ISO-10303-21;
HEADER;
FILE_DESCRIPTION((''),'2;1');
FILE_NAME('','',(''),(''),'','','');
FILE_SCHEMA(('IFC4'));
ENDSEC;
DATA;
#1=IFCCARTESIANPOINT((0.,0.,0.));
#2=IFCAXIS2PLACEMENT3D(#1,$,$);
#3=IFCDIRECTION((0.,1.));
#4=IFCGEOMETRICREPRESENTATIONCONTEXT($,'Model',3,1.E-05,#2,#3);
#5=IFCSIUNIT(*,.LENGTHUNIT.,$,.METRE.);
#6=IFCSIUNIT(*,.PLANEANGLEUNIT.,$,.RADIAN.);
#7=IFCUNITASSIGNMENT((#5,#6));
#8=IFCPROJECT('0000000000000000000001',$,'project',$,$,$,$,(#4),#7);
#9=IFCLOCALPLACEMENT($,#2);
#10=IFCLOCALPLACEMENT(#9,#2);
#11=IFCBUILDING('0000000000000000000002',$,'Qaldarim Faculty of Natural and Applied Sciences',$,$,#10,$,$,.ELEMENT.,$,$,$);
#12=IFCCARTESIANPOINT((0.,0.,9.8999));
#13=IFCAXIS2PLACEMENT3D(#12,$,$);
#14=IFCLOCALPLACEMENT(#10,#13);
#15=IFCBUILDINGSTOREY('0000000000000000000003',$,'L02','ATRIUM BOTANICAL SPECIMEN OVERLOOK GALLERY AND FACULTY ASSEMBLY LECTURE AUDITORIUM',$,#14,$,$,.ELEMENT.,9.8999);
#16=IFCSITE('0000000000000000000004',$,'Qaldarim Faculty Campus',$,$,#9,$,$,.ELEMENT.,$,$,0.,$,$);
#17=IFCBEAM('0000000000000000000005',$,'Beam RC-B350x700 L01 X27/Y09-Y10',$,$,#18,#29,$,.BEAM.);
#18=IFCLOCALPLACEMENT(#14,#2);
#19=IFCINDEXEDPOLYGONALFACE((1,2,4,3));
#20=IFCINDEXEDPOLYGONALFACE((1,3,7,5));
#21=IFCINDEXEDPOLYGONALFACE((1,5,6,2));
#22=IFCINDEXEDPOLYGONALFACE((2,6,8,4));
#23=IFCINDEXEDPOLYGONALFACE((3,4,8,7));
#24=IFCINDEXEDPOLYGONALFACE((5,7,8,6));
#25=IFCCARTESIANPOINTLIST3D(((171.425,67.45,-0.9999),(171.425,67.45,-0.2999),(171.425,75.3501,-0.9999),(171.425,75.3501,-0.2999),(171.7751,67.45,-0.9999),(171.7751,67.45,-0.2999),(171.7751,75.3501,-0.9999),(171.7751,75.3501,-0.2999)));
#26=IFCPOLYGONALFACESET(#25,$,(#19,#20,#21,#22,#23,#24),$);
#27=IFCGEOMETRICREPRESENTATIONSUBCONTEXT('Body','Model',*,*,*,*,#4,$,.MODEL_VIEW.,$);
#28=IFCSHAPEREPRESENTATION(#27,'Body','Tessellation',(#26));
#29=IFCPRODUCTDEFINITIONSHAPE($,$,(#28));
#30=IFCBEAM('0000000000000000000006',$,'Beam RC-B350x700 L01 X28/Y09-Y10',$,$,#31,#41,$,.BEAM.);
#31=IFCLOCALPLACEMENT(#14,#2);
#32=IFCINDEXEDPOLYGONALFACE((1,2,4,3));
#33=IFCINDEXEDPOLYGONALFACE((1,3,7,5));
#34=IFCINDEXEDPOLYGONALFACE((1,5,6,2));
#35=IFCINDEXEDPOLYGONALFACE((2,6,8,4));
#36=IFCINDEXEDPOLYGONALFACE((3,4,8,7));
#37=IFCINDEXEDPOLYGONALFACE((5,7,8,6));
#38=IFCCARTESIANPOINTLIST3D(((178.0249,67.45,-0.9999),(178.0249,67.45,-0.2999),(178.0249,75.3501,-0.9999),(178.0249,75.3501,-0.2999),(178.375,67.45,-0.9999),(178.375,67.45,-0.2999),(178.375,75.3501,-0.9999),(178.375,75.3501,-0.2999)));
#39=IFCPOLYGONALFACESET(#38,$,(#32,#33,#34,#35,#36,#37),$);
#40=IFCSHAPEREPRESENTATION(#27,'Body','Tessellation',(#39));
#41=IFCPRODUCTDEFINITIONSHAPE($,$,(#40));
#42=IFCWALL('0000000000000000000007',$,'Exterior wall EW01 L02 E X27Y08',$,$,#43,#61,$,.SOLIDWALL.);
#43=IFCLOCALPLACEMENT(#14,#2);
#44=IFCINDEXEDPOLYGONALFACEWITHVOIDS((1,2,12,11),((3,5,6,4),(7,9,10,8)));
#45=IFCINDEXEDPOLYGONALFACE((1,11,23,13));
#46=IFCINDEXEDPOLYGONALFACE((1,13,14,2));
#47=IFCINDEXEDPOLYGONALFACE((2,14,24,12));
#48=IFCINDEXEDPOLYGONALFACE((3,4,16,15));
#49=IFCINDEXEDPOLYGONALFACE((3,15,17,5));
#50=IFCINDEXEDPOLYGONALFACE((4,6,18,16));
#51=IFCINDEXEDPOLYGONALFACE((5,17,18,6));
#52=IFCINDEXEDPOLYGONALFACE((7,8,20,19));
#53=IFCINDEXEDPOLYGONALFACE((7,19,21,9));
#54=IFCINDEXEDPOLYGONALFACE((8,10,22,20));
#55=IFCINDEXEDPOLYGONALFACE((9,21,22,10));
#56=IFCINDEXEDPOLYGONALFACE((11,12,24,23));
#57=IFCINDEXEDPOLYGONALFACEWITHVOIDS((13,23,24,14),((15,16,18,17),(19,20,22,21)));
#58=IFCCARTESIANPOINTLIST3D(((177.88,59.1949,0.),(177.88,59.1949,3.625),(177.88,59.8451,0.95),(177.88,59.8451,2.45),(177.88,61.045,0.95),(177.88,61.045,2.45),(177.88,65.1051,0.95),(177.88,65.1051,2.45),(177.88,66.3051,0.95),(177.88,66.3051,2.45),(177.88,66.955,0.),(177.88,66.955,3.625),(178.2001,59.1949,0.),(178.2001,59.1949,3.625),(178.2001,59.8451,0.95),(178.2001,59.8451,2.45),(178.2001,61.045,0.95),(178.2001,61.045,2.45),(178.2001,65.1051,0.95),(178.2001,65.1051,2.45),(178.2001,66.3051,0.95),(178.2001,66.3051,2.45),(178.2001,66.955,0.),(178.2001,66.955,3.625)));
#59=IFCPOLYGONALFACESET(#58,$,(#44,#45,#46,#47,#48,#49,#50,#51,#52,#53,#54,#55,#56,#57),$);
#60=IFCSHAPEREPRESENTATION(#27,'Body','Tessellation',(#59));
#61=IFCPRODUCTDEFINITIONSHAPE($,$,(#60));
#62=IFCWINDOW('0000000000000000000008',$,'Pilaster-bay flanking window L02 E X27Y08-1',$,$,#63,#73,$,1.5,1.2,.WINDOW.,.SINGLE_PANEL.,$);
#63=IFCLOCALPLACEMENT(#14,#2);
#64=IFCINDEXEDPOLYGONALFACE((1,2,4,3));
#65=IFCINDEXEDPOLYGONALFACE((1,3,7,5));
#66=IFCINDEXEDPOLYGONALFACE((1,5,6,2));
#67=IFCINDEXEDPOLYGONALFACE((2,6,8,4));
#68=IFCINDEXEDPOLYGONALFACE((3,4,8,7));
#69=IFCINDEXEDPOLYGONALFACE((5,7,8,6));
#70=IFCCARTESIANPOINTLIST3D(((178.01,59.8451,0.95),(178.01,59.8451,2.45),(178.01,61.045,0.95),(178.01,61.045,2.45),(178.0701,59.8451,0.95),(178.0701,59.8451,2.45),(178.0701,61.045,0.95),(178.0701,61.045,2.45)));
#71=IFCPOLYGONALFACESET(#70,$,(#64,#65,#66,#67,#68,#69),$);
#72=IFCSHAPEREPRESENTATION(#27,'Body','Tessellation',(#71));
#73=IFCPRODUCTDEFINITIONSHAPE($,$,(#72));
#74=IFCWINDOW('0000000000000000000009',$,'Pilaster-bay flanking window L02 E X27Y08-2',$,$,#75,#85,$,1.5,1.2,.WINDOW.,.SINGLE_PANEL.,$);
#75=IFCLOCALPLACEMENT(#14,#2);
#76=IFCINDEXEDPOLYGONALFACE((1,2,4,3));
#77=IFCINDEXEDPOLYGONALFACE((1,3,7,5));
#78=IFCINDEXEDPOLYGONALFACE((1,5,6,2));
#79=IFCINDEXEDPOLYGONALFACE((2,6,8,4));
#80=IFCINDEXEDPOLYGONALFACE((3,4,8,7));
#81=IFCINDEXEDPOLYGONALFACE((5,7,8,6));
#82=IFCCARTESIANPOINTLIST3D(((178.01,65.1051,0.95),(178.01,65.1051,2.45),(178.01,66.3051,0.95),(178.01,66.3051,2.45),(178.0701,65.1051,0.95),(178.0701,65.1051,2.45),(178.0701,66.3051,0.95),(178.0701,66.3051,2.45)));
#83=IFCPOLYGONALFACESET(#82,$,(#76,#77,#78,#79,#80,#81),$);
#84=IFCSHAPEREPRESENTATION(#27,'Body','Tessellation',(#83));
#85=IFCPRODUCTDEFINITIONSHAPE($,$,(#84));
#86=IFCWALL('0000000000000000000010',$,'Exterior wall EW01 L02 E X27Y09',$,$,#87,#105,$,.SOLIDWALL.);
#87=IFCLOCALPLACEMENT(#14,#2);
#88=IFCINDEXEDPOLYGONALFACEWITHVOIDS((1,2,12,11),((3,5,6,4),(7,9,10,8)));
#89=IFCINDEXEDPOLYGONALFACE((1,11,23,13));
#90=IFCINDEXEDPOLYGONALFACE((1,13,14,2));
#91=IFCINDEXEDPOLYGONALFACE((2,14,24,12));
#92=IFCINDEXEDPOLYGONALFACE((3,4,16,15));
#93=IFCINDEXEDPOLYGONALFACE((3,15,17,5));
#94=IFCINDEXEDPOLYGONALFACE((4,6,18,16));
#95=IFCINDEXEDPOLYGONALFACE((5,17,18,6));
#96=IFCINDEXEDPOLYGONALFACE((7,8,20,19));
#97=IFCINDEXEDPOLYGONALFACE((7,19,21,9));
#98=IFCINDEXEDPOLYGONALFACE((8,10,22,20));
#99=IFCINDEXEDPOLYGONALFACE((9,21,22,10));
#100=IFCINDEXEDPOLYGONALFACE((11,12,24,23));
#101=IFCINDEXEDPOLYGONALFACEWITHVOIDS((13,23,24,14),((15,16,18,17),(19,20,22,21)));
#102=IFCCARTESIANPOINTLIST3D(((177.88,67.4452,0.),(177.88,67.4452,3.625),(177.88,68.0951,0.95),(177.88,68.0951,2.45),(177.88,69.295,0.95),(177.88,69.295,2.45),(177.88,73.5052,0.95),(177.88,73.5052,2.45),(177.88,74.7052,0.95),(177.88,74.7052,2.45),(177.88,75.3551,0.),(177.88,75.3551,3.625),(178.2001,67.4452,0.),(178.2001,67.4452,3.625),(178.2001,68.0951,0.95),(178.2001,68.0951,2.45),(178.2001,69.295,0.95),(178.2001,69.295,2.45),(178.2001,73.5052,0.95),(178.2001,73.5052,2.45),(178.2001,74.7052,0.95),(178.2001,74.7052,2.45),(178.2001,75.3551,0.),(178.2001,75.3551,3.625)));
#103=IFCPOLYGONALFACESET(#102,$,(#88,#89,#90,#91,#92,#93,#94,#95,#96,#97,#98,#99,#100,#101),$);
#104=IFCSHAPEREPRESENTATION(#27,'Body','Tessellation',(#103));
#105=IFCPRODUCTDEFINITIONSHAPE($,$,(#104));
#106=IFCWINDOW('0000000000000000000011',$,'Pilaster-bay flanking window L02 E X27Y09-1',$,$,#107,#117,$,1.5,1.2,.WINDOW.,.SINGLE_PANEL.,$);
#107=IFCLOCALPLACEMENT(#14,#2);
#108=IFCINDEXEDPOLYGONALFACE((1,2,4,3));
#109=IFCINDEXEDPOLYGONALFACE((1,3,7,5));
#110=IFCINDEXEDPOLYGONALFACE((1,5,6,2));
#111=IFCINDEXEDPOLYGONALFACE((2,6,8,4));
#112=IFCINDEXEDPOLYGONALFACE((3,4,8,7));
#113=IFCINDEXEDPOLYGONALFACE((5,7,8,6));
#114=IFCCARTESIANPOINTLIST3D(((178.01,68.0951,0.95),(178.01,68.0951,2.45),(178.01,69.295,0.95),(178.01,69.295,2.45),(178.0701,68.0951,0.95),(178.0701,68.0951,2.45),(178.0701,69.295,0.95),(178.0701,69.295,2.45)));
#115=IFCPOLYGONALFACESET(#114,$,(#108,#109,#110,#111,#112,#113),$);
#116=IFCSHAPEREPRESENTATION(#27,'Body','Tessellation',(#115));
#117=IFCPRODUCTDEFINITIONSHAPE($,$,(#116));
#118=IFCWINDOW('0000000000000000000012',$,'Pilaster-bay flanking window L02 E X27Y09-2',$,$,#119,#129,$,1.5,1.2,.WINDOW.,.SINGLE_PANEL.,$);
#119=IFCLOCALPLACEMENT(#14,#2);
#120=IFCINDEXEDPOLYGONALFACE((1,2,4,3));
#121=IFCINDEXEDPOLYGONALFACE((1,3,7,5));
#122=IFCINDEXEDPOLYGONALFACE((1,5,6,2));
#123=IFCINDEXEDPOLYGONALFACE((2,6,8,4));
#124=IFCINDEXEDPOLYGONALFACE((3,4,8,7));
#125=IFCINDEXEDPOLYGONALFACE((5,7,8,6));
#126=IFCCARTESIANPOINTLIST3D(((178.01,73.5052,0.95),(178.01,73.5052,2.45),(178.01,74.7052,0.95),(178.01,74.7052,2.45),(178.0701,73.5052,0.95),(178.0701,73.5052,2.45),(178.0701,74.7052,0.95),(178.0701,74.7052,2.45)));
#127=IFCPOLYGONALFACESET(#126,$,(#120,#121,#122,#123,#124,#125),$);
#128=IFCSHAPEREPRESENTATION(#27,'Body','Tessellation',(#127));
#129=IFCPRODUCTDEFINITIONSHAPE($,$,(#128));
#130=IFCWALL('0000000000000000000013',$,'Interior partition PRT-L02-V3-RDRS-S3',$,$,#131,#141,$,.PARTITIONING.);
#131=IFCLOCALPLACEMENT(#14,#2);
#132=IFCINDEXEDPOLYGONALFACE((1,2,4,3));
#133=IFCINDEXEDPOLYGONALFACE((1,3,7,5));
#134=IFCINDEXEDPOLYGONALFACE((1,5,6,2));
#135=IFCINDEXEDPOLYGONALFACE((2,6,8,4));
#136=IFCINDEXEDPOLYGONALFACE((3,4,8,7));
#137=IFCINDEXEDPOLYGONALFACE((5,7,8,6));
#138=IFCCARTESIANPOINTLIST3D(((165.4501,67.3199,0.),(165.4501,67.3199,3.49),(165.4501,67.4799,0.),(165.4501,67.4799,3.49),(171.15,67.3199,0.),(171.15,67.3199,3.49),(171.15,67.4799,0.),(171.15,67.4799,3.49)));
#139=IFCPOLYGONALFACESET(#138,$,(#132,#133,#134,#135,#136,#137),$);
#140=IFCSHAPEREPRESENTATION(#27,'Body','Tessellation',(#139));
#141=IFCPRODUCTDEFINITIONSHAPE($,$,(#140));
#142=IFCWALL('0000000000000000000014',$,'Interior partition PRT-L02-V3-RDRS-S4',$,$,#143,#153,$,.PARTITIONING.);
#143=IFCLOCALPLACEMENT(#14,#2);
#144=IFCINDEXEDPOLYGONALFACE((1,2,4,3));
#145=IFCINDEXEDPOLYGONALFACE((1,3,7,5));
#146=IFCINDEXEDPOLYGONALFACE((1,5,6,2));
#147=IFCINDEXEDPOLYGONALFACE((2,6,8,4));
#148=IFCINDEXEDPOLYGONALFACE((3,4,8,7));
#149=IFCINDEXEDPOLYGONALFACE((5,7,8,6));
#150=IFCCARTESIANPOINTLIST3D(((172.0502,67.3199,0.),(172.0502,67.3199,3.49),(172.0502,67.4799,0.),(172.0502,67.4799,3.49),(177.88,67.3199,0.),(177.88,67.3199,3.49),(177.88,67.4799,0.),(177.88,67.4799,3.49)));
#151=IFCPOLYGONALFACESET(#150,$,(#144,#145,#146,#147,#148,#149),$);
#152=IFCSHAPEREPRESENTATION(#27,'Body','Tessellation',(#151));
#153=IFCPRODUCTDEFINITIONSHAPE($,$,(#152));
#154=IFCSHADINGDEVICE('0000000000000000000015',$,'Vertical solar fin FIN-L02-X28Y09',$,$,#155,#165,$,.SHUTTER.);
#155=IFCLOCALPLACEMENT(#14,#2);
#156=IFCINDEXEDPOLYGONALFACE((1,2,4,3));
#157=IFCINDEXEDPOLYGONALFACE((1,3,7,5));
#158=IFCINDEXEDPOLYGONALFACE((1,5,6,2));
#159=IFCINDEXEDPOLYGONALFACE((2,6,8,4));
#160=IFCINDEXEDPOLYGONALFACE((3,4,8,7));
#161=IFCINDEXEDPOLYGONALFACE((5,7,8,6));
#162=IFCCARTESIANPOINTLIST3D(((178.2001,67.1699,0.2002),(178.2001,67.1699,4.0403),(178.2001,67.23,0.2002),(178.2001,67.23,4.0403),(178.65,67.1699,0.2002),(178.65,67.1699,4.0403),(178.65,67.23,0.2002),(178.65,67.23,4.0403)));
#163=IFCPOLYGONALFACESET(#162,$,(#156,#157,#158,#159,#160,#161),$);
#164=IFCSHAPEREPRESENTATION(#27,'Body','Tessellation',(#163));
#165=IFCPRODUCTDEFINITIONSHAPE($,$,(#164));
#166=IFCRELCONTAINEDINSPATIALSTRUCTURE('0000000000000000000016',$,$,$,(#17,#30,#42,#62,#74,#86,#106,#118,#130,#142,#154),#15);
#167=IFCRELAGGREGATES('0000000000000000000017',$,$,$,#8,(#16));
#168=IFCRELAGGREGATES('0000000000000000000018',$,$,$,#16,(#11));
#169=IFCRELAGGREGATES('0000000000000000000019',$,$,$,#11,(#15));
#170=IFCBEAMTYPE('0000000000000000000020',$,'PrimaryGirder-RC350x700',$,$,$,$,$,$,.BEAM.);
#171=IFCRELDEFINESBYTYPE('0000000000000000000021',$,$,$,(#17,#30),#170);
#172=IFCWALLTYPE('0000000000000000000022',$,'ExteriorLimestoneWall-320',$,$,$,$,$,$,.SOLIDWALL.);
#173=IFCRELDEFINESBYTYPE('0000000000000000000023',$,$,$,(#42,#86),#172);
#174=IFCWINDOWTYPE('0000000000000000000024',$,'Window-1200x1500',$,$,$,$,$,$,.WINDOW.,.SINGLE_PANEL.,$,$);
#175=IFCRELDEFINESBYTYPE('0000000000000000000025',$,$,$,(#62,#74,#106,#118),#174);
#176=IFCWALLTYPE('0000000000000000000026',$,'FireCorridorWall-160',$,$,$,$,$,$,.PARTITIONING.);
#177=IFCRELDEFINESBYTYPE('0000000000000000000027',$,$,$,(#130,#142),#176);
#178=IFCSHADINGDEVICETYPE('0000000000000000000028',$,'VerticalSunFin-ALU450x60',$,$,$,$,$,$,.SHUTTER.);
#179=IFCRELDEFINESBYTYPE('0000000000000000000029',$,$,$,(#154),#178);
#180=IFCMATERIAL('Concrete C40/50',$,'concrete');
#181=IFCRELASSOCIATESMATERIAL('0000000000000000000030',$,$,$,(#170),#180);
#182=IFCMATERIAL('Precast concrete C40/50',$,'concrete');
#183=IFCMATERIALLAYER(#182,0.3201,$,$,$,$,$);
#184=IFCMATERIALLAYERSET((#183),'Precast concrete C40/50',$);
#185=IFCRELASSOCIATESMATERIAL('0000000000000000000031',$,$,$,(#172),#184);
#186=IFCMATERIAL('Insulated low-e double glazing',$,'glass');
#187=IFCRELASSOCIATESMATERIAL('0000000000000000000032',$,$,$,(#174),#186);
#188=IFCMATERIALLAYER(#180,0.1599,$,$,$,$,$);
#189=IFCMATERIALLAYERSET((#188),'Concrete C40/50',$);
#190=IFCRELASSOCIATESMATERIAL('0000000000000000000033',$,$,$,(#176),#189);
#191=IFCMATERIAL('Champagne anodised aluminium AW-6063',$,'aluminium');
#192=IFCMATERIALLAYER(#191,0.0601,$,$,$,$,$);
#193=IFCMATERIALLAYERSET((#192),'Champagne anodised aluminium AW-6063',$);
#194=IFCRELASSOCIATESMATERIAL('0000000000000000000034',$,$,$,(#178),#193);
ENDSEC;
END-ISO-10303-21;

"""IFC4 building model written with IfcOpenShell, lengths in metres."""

from ifc_helpers import new_model, si_unit, direction, frame, frame_2d, origin, origin_2d, place, context, subcontext, project, spatial, rectangle, extrude, material, layer, layer_set, material_profile, profile_set, type_object, element, fill, save


model = new_model("IFC4")

# Units and contexts
model_context = context("Model", 3, precision=1e-05, world=origin(), true_north=direction((0.0, 1.0)))
body_context = subcontext(model_context, "Body", "Model", "MODEL_VIEW")
ifc_project = project(units=[si_unit("LENGTHUNIT", "METRE"), si_unit("PLANEANGLEUNIT", "RADIAN")], contexts=[model_context])

# Site, building, storey
site_placement = place(None, origin())
site = spatial("IfcSite", under=ifc_project, at=site_placement, Name="Qaldarim Faculty Campus", CompositionType="ELEMENT", RefElevation=0.0)
building_placement = place(site_placement, origin())
building = spatial("IfcBuilding", under=site, at=building_placement, Name="Qaldarim Faculty of Natural and Applied Sciences", CompositionType="ELEMENT")
storey_placement = place(building_placement, frame((0.0, 0.0, 9.8999)))
storey = spatial("IfcBuildingStorey", under=building, at=storey_placement, Name="L02", Description="ATRIUM BOTANICAL SPECIMEN OVERLOOK GALLERY AND FACULTY ASSEMBLY LECTURE AUDITORIUM", CompositionType="ELEMENT", Elevation=9.8999)

# Beams
ifc_material_1 = material(Name="Concrete C40/50", Category="concrete")
ifc_material_profile_1 = material_profile(ifc_material_1, rectangle(XDim=0.3501, YDim=0.7, at=origin_2d()), Name="RC-B350x700")
ifc_profile_set_1 = profile_set([ifc_material_profile_1], Name="Concrete C40/50")
beam_type_1 = type_object("IfcBeamType", Name="PrimaryGirder-RC350x700", PredefinedType="BEAM", material=ifc_profile_set_1)
for number, where, z_axis, x_axis, name in (
    (1, (171.6001, 67.45, -0.6499), (0.0, 1.0, 0.0), (-1.0, 0.0, 0.0), "Beam RC-B350x700 L01 X27/Y09-Y10"),
    (2, (178.2, 67.45, -0.6499), (0.0, 1.0, 0.0), (-1.0, 0.0, 0.0), "Beam RC-B350x700 L01 X28/Y09-Y10"),
):
    element("IfcBeam", number, at=place(storey_placement, frame(where, z_axis=z_axis, x_axis=x_axis)), inside=storey, type_object=beam_type_1, Name=name, PredefinedType="BEAM", context=body_context, shape_type="SweptSolid", body=[
        extrude(rectangle(XDim=0.3501, YDim=0.7, at=origin_2d()), origin(), (0.0, 0.0, 1.0), 7.9001),
    ])

# Walls, openings, windows
ifc_material_2 = material(Name="Precast concrete C40/50", Category="concrete")
ifc_layer_1 = layer(ifc_material_2, 0.3201)
ifc_layer_set_1 = layer_set([ifc_layer_1], Name="Precast concrete C40/50")
wall_type_1 = type_object("IfcWallType", Name="ExteriorLimestoneWall-320", PredefinedType="SOLIDWALL", material=ifc_layer_set_1)
wall_1_placement = place(storey_placement, frame((178.04, 59.1951, 0.0), z_axis=(0.0, 0.0, 1.0), x_axis=(0.0, 1.0, 0.0)))
wall_1 = element("IfcWall", 3, at=wall_1_placement, inside=storey, type_object=wall_type_1, Name="Exterior wall EW01 L02 E X27Y08", PredefinedType="SOLIDWALL", context=body_context, shape_type="SweptSolid", body=[
    extrude(rectangle(XDim=7.76, YDim=0.3201, at=frame_2d((3.8799, 0.0))), origin(), (0.0, 0.0, 1.0), 3.625),
])
opening_1_placement = place(wall_1_placement, frame((0.6499, 0.0, 0.95)))
opening_1 = element("IfcOpeningElement", 4, at=opening_1_placement, cuts=wall_1, PredefinedType="OPENING", context=body_context, shape_type="SweptSolid", body=[
    extrude(rectangle(XDim=1.2, YDim=1.5, at=frame_2d((0.6001, 0.75))), frame((0.0, 0.1699, 0.0), z_axis=(0.0, -1.0, 0.0), x_axis=(1.0, 0.0, 0.0)), (0.0, 0.0, 1.0), 0.3401),
])
opening_2_placement = place(wall_1_placement, frame((5.9099, 0.0, 0.95)))
opening_2 = element("IfcOpeningElement", 5, at=opening_2_placement, cuts=wall_1, PredefinedType="OPENING", context=body_context, shape_type="SweptSolid", body=[
    extrude(rectangle(XDim=1.2, YDim=1.5, at=frame_2d((0.6001, 0.75))), frame((0.0, 0.1699, 0.0), z_axis=(0.0, -1.0, 0.0), x_axis=(1.0, 0.0, 0.0)), (0.0, 0.0, 1.0), 0.3401),
])
ifc_material_3 = material(Name="Insulated low-e double glazing", Category="glass")
window_type = type_object("IfcWindowType", Name="Window-1200x1500", PartitioningType="SINGLE_PANEL", PredefinedType="WINDOW", material=ifc_material_3)
window_1_placement = place(opening_1_placement, origin())
window_1 = element("IfcWindow", 6, at=window_1_placement, inside=storey, type_object=window_type, Name="Pilaster-bay flanking window L02 E X27Y08-1", OverallHeight=1.5, OverallWidth=1.2, PartitioningType="SINGLE_PANEL", PredefinedType="WINDOW", context=body_context, shape_type="SweptSolid", body=[
    extrude(rectangle(XDim=1.2, YDim=1.5, at=frame_2d((0.6001, 0.75))), frame((0.0, 0.03, 0.0), z_axis=(0.0, -1.0, 0.0), x_axis=(1.0, 0.0, 0.0)), (0.0, 0.0, 1.0), 0.0601),
])
fill(opening_1, window_1)
window_2_placement = place(opening_2_placement, origin())
window_2 = element("IfcWindow", 7, at=window_2_placement, inside=storey, type_object=window_type, Name="Pilaster-bay flanking window L02 E X27Y08-2", OverallHeight=1.5, OverallWidth=1.2, PartitioningType="SINGLE_PANEL", PredefinedType="WINDOW", context=body_context, shape_type="SweptSolid", body=[
    extrude(rectangle(XDim=1.2, YDim=1.5, at=frame_2d((0.6001, 0.75))), frame((0.0, 0.03, 0.0), z_axis=(0.0, -1.0, 0.0), x_axis=(1.0, 0.0, 0.0)), (0.0, 0.0, 1.0), 0.0601),
])
fill(opening_2, window_2)
wall_2_placement = place(storey_placement, frame((178.04, 67.4451, 0.0), z_axis=(0.0, 0.0, 1.0), x_axis=(0.0, 1.0, 0.0)))
wall_2 = element("IfcWall", 8, at=wall_2_placement, inside=storey, type_object=wall_type_1, Name="Exterior wall EW01 L02 E X27Y09", PredefinedType="SOLIDWALL", context=body_context, shape_type="SweptSolid", body=[
    extrude(rectangle(XDim=7.9099, YDim=0.3201, at=frame_2d((3.9551, 0.0))), origin(), (0.0, 0.0, 1.0), 3.625),
])
opening_3_placement = place(wall_2_placement, frame((0.6499, 0.0, 0.95)))
opening_3 = element("IfcOpeningElement", 9, at=opening_3_placement, cuts=wall_2, PredefinedType="OPENING", context=body_context, shape_type="SweptSolid", body=[
    extrude(rectangle(XDim=1.2, YDim=1.5, at=frame_2d((0.6001, 0.75))), frame((0.0, 0.1699, 0.0), z_axis=(0.0, -1.0, 0.0), x_axis=(1.0, 0.0, 0.0)), (0.0, 0.0, 1.0), 0.3401),
])
opening_4_placement = place(wall_2_placement, frame((6.0601, 0.0, 0.95)))
opening_4 = element("IfcOpeningElement", 10, at=opening_4_placement, cuts=wall_2, PredefinedType="OPENING", context=body_context, shape_type="SweptSolid", body=[
    extrude(rectangle(XDim=1.2, YDim=1.5, at=frame_2d((0.6001, 0.75))), frame((0.0, 0.1699, 0.0), z_axis=(0.0, -1.0, 0.0), x_axis=(1.0, 0.0, 0.0)), (0.0, 0.0, 1.0), 0.3401),
])
window_3_placement = place(opening_3_placement, origin())
window_3 = element("IfcWindow", 11, at=window_3_placement, inside=storey, type_object=window_type, Name="Pilaster-bay flanking window L02 E X27Y09-1", OverallHeight=1.5, OverallWidth=1.2, PartitioningType="SINGLE_PANEL", PredefinedType="WINDOW", context=body_context, shape_type="SweptSolid", body=[
    extrude(rectangle(XDim=1.2, YDim=1.5, at=frame_2d((0.6001, 0.75))), frame((0.0, 0.03, 0.0), z_axis=(0.0, -1.0, 0.0), x_axis=(1.0, 0.0, 0.0)), (0.0, 0.0, 1.0), 0.0601),
])
fill(opening_3, window_3)
window_4_placement = place(opening_4_placement, origin())
window_4 = element("IfcWindow", 12, at=window_4_placement, inside=storey, type_object=window_type, Name="Pilaster-bay flanking window L02 E X27Y09-2", OverallHeight=1.5, OverallWidth=1.2, PartitioningType="SINGLE_PANEL", PredefinedType="WINDOW", context=body_context, shape_type="SweptSolid", body=[
    extrude(rectangle(XDim=1.2, YDim=1.5, at=frame_2d((0.6001, 0.75))), frame((0.0, 0.03, 0.0), z_axis=(0.0, -1.0, 0.0), x_axis=(1.0, 0.0, 0.0)), (0.0, 0.0, 1.0), 0.0601),
])
fill(opening_4, window_4)

# Walls
ifc_layer_2 = layer(ifc_material_1, 0.1599)
ifc_layer_set_2 = layer_set([ifc_layer_2], Name="Concrete C40/50")
wall_type_2 = type_object("IfcWallType", Name="FireCorridorWall-160", PredefinedType="PARTITIONING", material=ifc_layer_set_2)
wall_3_placement = place(storey_placement, frame((165.45, 67.3999, 0.0), z_axis=(0.0, 0.0, 1.0), x_axis=(1.0, 0.0, 0.0)))
element("IfcWall", 13, at=wall_3_placement, inside=storey, type_object=wall_type_2, Name="Interior partition PRT-L02-V3-RDRS-S3", PredefinedType="PARTITIONING", context=body_context, shape_type="SweptSolid", body=[
    extrude(rectangle(XDim=5.7, YDim=0.1599, at=frame_2d((2.8501, 0.0))), origin(), (0.0, 0.0, 1.0), 3.49),
])
wall_4_placement = place(storey_placement, frame((172.05, 67.3999, 0.0), z_axis=(0.0, 0.0, 1.0), x_axis=(1.0, 0.0, 0.0)))
element("IfcWall", 14, at=wall_4_placement, inside=storey, type_object=wall_type_2, Name="Interior partition PRT-L02-V3-RDRS-S4", PredefinedType="PARTITIONING", context=body_context, shape_type="SweptSolid", body=[
    extrude(rectangle(XDim=5.8298, YDim=0.1599, at=frame_2d((2.915, 0.0))), origin(), (0.0, 0.0, 1.0), 3.49),
])

# Shading device
ifc_material_4 = material(Name="Champagne anodised aluminium AW-6063", Category="aluminium")
ifc_layer_3 = layer(ifc_material_4, 0.0601)
ifc_layer_set_3 = layer_set([ifc_layer_3], Name="Champagne anodised aluminium AW-6063")
shading_device_type = type_object("IfcShadingDeviceType", Name="VerticalSunFin-ALU450x60", PredefinedType="SHUTTER", material=ifc_layer_set_3)
shading_device_placement = place(storey_placement, frame((178.425, 67.2, 0.2002), z_axis=(0.0, 0.0, 1.0), x_axis=(1.0, 0.0, 0.0)))
element("IfcShadingDevice", 15, at=shading_device_placement, inside=storey, type_object=shading_device_type, Name="Vertical solar fin FIN-L02-X28Y09", PredefinedType="SHUTTER", context=body_context, shape_type="SweptSolid", body=[
    extrude(rectangle(XDim=0.45, YDim=0.0601, at=origin_2d()), origin(), (0.0, 0.0, 1.0), 3.8401),
])

save(model, "model.ifc")
